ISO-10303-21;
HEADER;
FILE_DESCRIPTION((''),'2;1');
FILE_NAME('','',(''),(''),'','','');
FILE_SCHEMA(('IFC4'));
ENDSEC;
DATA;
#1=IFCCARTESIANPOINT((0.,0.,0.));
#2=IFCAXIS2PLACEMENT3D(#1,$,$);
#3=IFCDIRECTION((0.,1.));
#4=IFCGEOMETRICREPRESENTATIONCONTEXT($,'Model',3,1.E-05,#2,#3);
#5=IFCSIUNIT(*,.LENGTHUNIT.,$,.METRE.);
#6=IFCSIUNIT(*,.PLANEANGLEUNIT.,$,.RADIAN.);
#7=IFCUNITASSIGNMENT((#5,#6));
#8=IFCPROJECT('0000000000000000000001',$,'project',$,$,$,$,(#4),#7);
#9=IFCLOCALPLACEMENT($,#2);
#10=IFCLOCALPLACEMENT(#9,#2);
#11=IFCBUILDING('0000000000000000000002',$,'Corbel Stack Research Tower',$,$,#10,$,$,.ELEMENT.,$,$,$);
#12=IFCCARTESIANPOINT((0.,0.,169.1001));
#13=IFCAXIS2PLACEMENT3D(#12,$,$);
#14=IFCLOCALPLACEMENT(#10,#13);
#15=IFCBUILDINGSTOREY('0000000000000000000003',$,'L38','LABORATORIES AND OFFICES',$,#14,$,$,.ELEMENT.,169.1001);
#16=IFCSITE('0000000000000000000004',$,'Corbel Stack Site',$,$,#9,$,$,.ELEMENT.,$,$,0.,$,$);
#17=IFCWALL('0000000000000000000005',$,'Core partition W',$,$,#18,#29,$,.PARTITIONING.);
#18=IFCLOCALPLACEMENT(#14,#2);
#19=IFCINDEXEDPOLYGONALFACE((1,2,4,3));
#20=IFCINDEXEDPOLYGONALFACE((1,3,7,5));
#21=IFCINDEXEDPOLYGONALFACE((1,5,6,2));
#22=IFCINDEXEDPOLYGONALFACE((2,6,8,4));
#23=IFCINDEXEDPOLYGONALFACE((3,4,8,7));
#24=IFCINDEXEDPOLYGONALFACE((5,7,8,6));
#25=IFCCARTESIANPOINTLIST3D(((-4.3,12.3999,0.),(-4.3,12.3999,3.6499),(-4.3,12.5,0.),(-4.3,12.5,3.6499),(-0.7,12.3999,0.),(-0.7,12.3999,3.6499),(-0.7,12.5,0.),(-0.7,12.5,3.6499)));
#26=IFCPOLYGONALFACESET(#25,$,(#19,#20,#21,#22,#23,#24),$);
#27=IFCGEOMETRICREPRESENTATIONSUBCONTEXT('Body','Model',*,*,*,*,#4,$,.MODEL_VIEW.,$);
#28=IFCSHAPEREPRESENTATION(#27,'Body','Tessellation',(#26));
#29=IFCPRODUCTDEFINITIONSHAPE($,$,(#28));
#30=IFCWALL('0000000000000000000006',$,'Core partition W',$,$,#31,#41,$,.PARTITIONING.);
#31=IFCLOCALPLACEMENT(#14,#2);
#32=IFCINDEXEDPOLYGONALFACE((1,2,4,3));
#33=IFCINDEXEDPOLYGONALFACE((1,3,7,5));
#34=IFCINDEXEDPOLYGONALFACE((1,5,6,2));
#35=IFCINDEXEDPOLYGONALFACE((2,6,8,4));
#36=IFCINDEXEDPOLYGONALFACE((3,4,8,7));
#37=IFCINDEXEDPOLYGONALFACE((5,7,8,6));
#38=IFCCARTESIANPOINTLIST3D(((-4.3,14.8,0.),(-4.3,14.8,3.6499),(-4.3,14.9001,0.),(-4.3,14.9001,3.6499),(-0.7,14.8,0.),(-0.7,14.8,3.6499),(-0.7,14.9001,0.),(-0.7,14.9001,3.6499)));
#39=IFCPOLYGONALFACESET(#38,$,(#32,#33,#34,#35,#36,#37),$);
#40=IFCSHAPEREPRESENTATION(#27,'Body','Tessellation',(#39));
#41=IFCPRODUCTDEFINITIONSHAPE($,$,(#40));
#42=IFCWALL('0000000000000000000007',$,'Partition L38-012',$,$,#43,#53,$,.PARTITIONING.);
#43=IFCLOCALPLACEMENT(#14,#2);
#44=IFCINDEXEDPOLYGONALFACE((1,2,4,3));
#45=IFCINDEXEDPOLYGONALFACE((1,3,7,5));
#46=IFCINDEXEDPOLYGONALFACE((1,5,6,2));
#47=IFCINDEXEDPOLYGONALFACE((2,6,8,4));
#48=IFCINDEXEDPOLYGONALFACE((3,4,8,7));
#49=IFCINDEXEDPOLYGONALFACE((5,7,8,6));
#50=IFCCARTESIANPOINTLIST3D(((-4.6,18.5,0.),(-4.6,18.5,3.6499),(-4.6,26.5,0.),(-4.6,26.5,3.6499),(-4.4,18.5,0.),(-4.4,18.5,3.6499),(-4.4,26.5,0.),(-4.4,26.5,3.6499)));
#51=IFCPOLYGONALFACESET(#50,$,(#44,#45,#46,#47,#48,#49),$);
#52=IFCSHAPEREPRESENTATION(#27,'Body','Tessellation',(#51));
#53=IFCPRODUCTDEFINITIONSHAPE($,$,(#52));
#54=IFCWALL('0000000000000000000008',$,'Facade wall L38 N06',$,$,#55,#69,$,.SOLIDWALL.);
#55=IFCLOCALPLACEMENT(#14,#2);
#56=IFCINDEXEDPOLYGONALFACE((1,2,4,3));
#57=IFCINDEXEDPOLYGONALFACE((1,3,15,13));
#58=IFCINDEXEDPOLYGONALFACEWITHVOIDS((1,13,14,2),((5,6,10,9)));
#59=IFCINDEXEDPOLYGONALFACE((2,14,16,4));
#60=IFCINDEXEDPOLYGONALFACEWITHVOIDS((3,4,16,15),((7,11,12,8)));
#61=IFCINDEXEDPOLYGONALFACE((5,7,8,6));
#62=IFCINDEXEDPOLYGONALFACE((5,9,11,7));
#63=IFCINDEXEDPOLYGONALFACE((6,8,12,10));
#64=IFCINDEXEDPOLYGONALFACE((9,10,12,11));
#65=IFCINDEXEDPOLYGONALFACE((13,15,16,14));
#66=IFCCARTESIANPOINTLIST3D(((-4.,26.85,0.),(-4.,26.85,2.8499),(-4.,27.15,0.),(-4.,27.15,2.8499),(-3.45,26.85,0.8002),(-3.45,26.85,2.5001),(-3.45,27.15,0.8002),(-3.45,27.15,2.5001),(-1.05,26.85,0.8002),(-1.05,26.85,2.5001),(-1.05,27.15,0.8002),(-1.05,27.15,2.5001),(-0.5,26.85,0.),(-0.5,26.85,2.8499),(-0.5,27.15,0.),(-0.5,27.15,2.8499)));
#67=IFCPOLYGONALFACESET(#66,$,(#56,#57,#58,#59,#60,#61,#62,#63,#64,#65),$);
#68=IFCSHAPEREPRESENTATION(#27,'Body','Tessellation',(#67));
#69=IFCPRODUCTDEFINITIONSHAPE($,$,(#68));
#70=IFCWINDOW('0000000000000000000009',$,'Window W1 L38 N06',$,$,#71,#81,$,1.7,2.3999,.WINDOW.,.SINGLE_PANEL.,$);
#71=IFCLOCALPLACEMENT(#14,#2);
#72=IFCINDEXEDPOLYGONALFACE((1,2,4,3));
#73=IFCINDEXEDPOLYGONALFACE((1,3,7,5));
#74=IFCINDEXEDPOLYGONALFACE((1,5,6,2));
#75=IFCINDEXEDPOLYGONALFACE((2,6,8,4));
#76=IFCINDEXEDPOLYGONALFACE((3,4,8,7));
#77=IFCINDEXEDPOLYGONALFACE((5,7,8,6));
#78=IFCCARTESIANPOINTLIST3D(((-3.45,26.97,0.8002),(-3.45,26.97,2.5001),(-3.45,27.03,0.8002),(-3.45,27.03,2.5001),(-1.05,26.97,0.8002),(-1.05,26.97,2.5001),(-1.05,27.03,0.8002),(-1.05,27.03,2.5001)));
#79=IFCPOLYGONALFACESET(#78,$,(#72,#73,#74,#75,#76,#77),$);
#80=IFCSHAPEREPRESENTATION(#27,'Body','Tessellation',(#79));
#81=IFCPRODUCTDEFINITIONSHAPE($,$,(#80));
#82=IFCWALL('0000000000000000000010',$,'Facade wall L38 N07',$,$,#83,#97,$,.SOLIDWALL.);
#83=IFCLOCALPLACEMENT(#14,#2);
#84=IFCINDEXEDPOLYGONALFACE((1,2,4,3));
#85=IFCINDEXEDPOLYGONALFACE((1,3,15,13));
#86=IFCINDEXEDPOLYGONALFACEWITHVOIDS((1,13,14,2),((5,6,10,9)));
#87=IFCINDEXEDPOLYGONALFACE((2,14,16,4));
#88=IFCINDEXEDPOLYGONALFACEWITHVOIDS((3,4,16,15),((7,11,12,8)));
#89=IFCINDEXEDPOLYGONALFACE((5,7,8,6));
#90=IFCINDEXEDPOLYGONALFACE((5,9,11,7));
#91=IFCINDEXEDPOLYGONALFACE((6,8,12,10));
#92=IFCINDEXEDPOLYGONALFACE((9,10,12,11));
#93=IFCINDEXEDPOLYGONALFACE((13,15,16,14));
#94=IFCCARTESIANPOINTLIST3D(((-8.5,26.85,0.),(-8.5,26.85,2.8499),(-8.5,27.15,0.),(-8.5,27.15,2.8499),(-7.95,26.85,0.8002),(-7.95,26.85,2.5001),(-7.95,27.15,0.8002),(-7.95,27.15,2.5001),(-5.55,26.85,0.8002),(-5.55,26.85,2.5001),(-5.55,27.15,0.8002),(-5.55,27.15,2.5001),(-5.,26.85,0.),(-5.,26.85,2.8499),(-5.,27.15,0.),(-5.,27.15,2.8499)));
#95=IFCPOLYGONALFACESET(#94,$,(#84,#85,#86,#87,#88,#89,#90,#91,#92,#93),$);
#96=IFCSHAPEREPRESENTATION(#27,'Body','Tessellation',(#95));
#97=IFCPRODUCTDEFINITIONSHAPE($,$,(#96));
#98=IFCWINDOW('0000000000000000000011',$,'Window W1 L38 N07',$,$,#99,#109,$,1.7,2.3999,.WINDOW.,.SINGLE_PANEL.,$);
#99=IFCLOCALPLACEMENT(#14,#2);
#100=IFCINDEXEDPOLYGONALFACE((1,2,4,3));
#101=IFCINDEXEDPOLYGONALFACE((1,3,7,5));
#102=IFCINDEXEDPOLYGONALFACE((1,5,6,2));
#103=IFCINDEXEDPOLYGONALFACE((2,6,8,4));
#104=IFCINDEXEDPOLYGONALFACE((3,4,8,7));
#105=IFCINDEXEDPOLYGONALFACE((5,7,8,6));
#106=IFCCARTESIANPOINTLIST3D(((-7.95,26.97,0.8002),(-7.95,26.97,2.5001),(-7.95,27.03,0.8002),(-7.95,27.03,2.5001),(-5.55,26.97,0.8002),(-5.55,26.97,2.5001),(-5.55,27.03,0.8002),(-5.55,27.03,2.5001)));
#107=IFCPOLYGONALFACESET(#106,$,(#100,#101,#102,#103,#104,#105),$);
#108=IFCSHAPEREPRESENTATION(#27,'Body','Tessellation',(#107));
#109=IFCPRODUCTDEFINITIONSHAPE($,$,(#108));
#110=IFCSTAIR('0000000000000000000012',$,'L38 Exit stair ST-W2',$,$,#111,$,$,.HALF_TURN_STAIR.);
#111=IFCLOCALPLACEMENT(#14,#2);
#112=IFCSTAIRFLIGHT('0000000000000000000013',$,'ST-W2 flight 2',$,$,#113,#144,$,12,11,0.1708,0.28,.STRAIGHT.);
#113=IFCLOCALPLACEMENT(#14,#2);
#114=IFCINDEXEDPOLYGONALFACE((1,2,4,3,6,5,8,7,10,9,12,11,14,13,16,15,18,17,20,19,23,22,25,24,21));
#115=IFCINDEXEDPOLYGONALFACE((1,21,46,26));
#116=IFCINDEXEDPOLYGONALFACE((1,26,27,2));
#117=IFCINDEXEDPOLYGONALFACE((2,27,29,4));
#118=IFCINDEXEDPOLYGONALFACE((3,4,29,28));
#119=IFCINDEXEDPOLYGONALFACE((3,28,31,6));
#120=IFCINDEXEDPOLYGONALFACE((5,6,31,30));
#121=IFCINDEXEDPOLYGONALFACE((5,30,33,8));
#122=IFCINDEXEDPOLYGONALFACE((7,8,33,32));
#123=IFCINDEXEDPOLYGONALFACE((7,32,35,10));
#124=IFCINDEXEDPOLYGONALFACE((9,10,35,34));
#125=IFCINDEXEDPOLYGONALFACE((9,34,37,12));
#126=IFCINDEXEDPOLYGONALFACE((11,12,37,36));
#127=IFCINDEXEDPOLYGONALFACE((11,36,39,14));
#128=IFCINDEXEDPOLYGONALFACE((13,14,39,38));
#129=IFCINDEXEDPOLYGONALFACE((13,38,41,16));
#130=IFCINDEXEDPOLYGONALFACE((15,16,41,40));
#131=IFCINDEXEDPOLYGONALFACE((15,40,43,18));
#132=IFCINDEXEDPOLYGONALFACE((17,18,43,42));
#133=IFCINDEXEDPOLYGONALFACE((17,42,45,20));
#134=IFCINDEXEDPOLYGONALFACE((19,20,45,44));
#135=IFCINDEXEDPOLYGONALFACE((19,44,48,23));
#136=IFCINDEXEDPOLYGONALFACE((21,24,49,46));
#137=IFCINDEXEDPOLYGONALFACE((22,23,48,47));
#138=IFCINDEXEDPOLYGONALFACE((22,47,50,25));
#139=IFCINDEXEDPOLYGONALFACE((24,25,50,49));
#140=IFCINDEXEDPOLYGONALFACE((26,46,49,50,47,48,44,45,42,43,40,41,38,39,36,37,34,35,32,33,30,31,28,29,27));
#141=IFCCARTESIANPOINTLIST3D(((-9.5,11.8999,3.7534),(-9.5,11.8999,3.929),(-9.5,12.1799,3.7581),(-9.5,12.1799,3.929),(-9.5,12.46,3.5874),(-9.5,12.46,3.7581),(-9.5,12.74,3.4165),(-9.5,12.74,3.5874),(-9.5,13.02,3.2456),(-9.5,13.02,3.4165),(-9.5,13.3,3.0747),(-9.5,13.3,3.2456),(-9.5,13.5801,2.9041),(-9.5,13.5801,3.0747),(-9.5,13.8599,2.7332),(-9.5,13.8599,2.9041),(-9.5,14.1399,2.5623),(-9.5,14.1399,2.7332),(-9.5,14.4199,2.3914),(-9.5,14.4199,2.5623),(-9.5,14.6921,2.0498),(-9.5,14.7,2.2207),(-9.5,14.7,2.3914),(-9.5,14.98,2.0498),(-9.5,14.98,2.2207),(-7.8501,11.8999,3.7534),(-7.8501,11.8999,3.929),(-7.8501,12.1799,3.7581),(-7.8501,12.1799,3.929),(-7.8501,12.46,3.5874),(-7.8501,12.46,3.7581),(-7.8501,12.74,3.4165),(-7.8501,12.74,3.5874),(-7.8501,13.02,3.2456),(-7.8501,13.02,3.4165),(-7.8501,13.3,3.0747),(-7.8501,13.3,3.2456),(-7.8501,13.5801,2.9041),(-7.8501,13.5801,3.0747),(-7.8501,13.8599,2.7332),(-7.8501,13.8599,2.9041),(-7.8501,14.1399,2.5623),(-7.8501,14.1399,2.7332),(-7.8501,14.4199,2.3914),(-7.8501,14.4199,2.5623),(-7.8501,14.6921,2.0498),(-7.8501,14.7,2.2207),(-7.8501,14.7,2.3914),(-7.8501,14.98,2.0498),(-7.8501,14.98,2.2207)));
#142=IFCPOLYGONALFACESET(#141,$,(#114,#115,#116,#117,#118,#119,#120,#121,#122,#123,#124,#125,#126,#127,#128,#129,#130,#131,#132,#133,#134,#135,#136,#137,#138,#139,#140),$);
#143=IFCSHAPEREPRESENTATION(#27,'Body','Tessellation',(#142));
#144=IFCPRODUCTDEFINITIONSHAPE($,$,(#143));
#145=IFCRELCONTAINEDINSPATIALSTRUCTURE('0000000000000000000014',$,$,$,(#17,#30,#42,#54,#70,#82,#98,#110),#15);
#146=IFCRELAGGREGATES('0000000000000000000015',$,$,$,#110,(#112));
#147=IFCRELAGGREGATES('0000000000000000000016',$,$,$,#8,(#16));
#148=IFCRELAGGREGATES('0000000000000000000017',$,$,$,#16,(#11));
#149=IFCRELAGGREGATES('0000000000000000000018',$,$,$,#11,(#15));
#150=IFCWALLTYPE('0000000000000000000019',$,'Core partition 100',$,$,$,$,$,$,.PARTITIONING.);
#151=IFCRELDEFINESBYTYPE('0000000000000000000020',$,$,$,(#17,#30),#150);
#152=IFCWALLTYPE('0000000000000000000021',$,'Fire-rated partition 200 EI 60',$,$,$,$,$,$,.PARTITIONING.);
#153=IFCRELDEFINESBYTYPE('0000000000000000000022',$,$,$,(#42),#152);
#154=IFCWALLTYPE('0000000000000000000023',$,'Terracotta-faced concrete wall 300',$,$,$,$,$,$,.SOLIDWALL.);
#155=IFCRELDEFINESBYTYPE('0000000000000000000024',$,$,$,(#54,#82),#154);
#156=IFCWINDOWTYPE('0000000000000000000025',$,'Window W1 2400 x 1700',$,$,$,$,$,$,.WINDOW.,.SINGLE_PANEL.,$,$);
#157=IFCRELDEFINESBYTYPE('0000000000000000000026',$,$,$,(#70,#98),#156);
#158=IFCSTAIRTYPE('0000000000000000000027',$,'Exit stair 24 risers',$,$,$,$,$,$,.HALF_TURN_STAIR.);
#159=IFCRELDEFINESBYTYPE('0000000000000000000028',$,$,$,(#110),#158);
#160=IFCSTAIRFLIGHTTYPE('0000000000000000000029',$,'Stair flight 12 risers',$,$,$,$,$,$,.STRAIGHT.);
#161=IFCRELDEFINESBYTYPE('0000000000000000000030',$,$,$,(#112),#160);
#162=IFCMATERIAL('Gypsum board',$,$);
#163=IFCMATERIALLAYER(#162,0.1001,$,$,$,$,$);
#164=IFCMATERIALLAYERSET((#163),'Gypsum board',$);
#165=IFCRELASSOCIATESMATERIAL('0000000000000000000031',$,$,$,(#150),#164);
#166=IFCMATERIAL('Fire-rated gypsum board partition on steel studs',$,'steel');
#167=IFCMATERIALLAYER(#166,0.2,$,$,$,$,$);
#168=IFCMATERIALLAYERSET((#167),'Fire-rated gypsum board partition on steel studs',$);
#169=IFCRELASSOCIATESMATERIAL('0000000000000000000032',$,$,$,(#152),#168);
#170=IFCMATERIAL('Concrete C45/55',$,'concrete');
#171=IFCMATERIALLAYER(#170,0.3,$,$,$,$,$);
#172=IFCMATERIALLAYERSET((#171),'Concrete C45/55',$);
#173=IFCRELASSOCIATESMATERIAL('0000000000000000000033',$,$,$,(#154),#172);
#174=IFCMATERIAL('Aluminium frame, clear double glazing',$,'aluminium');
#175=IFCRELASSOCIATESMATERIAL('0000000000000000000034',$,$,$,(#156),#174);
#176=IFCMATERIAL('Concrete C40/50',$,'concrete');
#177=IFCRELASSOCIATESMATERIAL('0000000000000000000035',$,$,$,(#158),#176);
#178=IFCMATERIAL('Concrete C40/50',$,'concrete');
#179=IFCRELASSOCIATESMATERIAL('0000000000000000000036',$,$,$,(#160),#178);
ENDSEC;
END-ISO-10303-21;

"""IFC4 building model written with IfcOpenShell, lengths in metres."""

from ifc_helpers import new_model, si_unit, direction, frame, frame_2d, origin, place, context, subcontext, project, spatial, polyline, rectangle, outline, extrude, material, layer, layer_set, type_object, element, fill, aggregate, save


model = new_model("IFC4")

# Units and contexts
model_context = context("Model", 3, precision=1e-05, world=origin(), true_north=direction((0.0, 1.0)))
body_context = subcontext(model_context, "Body", "Model", "MODEL_VIEW")
ifc_project = project(units=[si_unit("LENGTHUNIT", "METRE"), si_unit("PLANEANGLEUNIT", "RADIAN")], contexts=[model_context])

# Site, building, storey
site_placement = place(None, origin())
site = spatial("IfcSite", under=ifc_project, at=site_placement, Name="Corbel Stack Site", CompositionType="ELEMENT", RefElevation=0.0)
building_placement = place(site_placement, origin())
building = spatial("IfcBuilding", under=site, at=building_placement, Name="Corbel Stack Research Tower", CompositionType="ELEMENT")
storey_placement = place(building_placement, frame((0.0, 0.0, 169.1001)))
storey = spatial("IfcBuildingStorey", under=building, at=storey_placement, Name="L38", Description="LABORATORIES AND OFFICES", CompositionType="ELEMENT", Elevation=169.1001)

# Shared definitions
ifc_material_1 = material(Name="Gypsum board")
ifc_layer_1 = layer(ifc_material_1, 0.1001)
ifc_layer_set_1 = layer_set([ifc_layer_1], Name="Gypsum board")
wall_type_1 = type_object("IfcWallType", Name="Core partition 100", PredefinedType="PARTITIONING", material=ifc_layer_set_1)

# Walls
for number, where, z_axis, x_axis, name in (
    (1, (-4.3, 12.45, 0.0), (0.0, 0.0, 1.0), (1.0, 0.0, 0.0), "Core partition W"),
    (2, (-4.3, 14.8501, 0.0), (0.0, 0.0, 1.0), (1.0, 0.0, 0.0), "Core partition W"),
):
    element("IfcWall", number, at=place(storey_placement, frame(where, z_axis=z_axis, x_axis=x_axis)), inside=storey, type_object=wall_type_1, Name=name, PredefinedType="PARTITIONING", context=body_context, shape_type="SweptSolid", body=[
        extrude(rectangle(XDim=3.6001, YDim=0.1001, at=frame_2d((1.8, 0.0))), origin(), (0.0, 0.0, 1.0), 3.6499),
    ])
ifc_material_2 = material(Name="Fire-rated gypsum board partition on steel studs", Category="steel")
ifc_layer_2 = layer(ifc_material_2, 0.2)
ifc_layer_set_2 = layer_set([ifc_layer_2], Name="Fire-rated gypsum board partition on steel studs")
wall_type_2 = type_object("IfcWallType", Name="Fire-rated partition 200 EI 60", PredefinedType="PARTITIONING", material=ifc_layer_set_2)
wall_1_placement = place(storey_placement, frame((-4.5, 18.5, 0.0), z_axis=(0.0, 0.0, 1.0), x_axis=(0.0, 1.0, 0.0)))
element("IfcWall", 3, at=wall_1_placement, inside=storey, type_object=wall_type_2, Name="Partition L38-012", PredefinedType="PARTITIONING", context=body_context, shape_type="SweptSolid", body=[
    extrude(rectangle(XDim=8.0, YDim=0.2, at=frame_2d((4.0, 0.0))), origin(), (0.0, 0.0, 1.0), 3.6499),
])

# Walls, openings, windows
ifc_material_3 = material(Name="Concrete C45/55", Category="concrete")
ifc_layer_3 = layer(ifc_material_3, 0.3)
ifc_layer_set_3 = layer_set([ifc_layer_3], Name="Concrete C45/55")
wall_type_3 = type_object("IfcWallType", Name="Terracotta-faced concrete wall 300", PredefinedType="SOLIDWALL", material=ifc_layer_set_3)
wall_2_placement = place(storey_placement, frame((-4.0, 27.0, 0.0), z_axis=(0.0, 0.0, 1.0), x_axis=(1.0, 0.0, 0.0)))
wall_2 = element("IfcWall", 4, at=wall_2_placement, inside=storey, type_object=wall_type_3, Name="Facade wall L38 N06", PredefinedType="SOLIDWALL", context=body_context, shape_type="SweptSolid", body=[
    extrude(rectangle(XDim=3.5, YDim=0.3, at=frame_2d((1.75, 0.0))), origin(), (0.0, 0.0, 1.0), 2.8499),
])
opening_1_placement = place(wall_2_placement, frame((0.55, 0.0, 0.8)))
opening_1 = element("IfcOpeningElement", 5, at=opening_1_placement, cuts=wall_2, PredefinedType="OPENING", context=body_context, shape_type="SweptSolid", body=[
    extrude(rectangle(XDim=2.3999, YDim=1.7, at=frame_2d((1.2, 0.8501))), frame((0.0, 0.1599, 0.0), z_axis=(0.0, -1.0, 0.0), x_axis=(1.0, 0.0, 0.0)), (0.0, 0.0, 1.0), 0.3201),
])
ifc_material_4 = material(Name="Aluminium frame, clear double glazing", Category="aluminium")
window_type = type_object("IfcWindowType", Name="Window W1 2400 x 1700", PartitioningType="SINGLE_PANEL", PredefinedType="WINDOW", material=ifc_material_4)
window_1_placement = place(opening_1_placement, origin())
window_1 = element("IfcWindow", 6, at=window_1_placement, inside=storey, type_object=window_type, Name="Window W1 L38 N06", OverallHeight=1.7, OverallWidth=2.3999, PartitioningType="SINGLE_PANEL", PredefinedType="WINDOW", context=body_context, shape_type="SweptSolid", body=[
    extrude(rectangle(XDim=2.3999, YDim=1.7, at=frame_2d((1.2, 0.8501))), frame((0.0, 0.03, 0.0), z_axis=(0.0, -1.0, 0.0), x_axis=(1.0, 0.0, 0.0)), (0.0, 0.0, 1.0), 0.0601),
])
fill(opening_1, window_1)
wall_3_placement = place(storey_placement, frame((-8.5, 27.0, 0.0), z_axis=(0.0, 0.0, 1.0), x_axis=(1.0, 0.0, 0.0)))
wall_3 = element("IfcWall", 7, at=wall_3_placement, inside=storey, type_object=wall_type_3, Name="Facade wall L38 N07", PredefinedType="SOLIDWALL", context=body_context, shape_type="SweptSolid", body=[
    extrude(rectangle(XDim=3.5, YDim=0.3, at=frame_2d((1.75, 0.0))), origin(), (0.0, 0.0, 1.0), 2.8499),
])
opening_2_placement = place(wall_3_placement, frame((0.55, 0.0, 0.8)))
opening_2 = element("IfcOpeningElement", 8, at=opening_2_placement, cuts=wall_3, PredefinedType="OPENING", context=body_context, shape_type="SweptSolid", body=[
    extrude(rectangle(XDim=2.3999, YDim=1.7, at=frame_2d((1.2, 0.8501))), frame((0.0, 0.1599, 0.0), z_axis=(0.0, -1.0, 0.0), x_axis=(1.0, 0.0, 0.0)), (0.0, 0.0, 1.0), 0.3201),
])
window_2_placement = place(opening_2_placement, origin())
window_2 = element("IfcWindow", 9, at=window_2_placement, inside=storey, type_object=window_type, Name="Window W1 L38 N07", OverallHeight=1.7, OverallWidth=2.3999, PartitioningType="SINGLE_PANEL", PredefinedType="WINDOW", context=body_context, shape_type="SweptSolid", body=[
    extrude(rectangle(XDim=2.3999, YDim=1.7, at=frame_2d((1.2, 0.8501))), frame((0.0, 0.03, 0.0), z_axis=(0.0, -1.0, 0.0), x_axis=(1.0, 0.0, 0.0)), (0.0, 0.0, 1.0), 0.0601),
])
fill(opening_2, window_2)

# Stair, stair flight
ifc_material_5 = material(Name="Concrete C40/50", Category="concrete")
stair_type = type_object("IfcStairType", Name="Exit stair 24 risers", PredefinedType="HALF_TURN_STAIR", material=ifc_material_5)
stair_placement = place(storey_placement, origin())
stair = element("IfcStair", 10, at=stair_placement, inside=storey, type_object=stair_type, Name="L38 Exit stair ST-W2", PredefinedType="HALF_TURN_STAIR")
ifc_material_6 = material(Name="Concrete C40/50", Category="concrete")
stair_flight_type = type_object("IfcStairFlightType", Name="Stair flight 12 risers", PredefinedType="STRAIGHT", material=ifc_material_6)
stair_flight_placement = place(storey_placement, frame((-8.675, 14.98, 2.0498), z_axis=(0.0, 0.0, 1.0), x_axis=(0.0, -1.0, 0.0)))
stair_flight = element("IfcStairFlight", 11, at=stair_flight_placement, type_object=stair_flight_type, Name="ST-W2 flight 2", NumberOfRisers=12, NumberOfTreads=11, PredefinedType="STRAIGHT", RiserHeight=0.1708, TreadLength=0.28, context=body_context, shape_type="SweptSolid", body=[
    extrude(outline(polyline([(0.0, 0.0), (0.0, 0.1709), (0.28, 0.1709), (0.28, 0.3416), (0.5601, 0.3416), (0.5601, 0.5125), (0.8401, 0.5125), (0.8401, 0.6833), (1.1201, 0.6833), (1.1201, 0.8542), (1.3999, 0.8542), (1.3999, 1.0249), (1.6799, 1.0249), (1.6799, 1.1958), (1.96, 1.1958), (1.96, 1.3667), (2.24, 1.3667), (2.24, 1.5376), (2.52, 1.5376), (2.52, 1.7083), (2.8, 1.7083), (2.8, 1.8792), (3.0801, 1.8792), (3.0801, 2.05), (3.0801, 1.7036), (0.2878, 0.0), (0.0, 0.0)])), frame((0.0, 0.825, 0.0), z_axis=(0.0, -1.0, 0.0), x_axis=(1.0, 0.0, 0.0)), (0.0, 0.0, 1.0), 1.6499),
])
aggregate(stair, [stair_flight])

save(model, "model.ifc")
